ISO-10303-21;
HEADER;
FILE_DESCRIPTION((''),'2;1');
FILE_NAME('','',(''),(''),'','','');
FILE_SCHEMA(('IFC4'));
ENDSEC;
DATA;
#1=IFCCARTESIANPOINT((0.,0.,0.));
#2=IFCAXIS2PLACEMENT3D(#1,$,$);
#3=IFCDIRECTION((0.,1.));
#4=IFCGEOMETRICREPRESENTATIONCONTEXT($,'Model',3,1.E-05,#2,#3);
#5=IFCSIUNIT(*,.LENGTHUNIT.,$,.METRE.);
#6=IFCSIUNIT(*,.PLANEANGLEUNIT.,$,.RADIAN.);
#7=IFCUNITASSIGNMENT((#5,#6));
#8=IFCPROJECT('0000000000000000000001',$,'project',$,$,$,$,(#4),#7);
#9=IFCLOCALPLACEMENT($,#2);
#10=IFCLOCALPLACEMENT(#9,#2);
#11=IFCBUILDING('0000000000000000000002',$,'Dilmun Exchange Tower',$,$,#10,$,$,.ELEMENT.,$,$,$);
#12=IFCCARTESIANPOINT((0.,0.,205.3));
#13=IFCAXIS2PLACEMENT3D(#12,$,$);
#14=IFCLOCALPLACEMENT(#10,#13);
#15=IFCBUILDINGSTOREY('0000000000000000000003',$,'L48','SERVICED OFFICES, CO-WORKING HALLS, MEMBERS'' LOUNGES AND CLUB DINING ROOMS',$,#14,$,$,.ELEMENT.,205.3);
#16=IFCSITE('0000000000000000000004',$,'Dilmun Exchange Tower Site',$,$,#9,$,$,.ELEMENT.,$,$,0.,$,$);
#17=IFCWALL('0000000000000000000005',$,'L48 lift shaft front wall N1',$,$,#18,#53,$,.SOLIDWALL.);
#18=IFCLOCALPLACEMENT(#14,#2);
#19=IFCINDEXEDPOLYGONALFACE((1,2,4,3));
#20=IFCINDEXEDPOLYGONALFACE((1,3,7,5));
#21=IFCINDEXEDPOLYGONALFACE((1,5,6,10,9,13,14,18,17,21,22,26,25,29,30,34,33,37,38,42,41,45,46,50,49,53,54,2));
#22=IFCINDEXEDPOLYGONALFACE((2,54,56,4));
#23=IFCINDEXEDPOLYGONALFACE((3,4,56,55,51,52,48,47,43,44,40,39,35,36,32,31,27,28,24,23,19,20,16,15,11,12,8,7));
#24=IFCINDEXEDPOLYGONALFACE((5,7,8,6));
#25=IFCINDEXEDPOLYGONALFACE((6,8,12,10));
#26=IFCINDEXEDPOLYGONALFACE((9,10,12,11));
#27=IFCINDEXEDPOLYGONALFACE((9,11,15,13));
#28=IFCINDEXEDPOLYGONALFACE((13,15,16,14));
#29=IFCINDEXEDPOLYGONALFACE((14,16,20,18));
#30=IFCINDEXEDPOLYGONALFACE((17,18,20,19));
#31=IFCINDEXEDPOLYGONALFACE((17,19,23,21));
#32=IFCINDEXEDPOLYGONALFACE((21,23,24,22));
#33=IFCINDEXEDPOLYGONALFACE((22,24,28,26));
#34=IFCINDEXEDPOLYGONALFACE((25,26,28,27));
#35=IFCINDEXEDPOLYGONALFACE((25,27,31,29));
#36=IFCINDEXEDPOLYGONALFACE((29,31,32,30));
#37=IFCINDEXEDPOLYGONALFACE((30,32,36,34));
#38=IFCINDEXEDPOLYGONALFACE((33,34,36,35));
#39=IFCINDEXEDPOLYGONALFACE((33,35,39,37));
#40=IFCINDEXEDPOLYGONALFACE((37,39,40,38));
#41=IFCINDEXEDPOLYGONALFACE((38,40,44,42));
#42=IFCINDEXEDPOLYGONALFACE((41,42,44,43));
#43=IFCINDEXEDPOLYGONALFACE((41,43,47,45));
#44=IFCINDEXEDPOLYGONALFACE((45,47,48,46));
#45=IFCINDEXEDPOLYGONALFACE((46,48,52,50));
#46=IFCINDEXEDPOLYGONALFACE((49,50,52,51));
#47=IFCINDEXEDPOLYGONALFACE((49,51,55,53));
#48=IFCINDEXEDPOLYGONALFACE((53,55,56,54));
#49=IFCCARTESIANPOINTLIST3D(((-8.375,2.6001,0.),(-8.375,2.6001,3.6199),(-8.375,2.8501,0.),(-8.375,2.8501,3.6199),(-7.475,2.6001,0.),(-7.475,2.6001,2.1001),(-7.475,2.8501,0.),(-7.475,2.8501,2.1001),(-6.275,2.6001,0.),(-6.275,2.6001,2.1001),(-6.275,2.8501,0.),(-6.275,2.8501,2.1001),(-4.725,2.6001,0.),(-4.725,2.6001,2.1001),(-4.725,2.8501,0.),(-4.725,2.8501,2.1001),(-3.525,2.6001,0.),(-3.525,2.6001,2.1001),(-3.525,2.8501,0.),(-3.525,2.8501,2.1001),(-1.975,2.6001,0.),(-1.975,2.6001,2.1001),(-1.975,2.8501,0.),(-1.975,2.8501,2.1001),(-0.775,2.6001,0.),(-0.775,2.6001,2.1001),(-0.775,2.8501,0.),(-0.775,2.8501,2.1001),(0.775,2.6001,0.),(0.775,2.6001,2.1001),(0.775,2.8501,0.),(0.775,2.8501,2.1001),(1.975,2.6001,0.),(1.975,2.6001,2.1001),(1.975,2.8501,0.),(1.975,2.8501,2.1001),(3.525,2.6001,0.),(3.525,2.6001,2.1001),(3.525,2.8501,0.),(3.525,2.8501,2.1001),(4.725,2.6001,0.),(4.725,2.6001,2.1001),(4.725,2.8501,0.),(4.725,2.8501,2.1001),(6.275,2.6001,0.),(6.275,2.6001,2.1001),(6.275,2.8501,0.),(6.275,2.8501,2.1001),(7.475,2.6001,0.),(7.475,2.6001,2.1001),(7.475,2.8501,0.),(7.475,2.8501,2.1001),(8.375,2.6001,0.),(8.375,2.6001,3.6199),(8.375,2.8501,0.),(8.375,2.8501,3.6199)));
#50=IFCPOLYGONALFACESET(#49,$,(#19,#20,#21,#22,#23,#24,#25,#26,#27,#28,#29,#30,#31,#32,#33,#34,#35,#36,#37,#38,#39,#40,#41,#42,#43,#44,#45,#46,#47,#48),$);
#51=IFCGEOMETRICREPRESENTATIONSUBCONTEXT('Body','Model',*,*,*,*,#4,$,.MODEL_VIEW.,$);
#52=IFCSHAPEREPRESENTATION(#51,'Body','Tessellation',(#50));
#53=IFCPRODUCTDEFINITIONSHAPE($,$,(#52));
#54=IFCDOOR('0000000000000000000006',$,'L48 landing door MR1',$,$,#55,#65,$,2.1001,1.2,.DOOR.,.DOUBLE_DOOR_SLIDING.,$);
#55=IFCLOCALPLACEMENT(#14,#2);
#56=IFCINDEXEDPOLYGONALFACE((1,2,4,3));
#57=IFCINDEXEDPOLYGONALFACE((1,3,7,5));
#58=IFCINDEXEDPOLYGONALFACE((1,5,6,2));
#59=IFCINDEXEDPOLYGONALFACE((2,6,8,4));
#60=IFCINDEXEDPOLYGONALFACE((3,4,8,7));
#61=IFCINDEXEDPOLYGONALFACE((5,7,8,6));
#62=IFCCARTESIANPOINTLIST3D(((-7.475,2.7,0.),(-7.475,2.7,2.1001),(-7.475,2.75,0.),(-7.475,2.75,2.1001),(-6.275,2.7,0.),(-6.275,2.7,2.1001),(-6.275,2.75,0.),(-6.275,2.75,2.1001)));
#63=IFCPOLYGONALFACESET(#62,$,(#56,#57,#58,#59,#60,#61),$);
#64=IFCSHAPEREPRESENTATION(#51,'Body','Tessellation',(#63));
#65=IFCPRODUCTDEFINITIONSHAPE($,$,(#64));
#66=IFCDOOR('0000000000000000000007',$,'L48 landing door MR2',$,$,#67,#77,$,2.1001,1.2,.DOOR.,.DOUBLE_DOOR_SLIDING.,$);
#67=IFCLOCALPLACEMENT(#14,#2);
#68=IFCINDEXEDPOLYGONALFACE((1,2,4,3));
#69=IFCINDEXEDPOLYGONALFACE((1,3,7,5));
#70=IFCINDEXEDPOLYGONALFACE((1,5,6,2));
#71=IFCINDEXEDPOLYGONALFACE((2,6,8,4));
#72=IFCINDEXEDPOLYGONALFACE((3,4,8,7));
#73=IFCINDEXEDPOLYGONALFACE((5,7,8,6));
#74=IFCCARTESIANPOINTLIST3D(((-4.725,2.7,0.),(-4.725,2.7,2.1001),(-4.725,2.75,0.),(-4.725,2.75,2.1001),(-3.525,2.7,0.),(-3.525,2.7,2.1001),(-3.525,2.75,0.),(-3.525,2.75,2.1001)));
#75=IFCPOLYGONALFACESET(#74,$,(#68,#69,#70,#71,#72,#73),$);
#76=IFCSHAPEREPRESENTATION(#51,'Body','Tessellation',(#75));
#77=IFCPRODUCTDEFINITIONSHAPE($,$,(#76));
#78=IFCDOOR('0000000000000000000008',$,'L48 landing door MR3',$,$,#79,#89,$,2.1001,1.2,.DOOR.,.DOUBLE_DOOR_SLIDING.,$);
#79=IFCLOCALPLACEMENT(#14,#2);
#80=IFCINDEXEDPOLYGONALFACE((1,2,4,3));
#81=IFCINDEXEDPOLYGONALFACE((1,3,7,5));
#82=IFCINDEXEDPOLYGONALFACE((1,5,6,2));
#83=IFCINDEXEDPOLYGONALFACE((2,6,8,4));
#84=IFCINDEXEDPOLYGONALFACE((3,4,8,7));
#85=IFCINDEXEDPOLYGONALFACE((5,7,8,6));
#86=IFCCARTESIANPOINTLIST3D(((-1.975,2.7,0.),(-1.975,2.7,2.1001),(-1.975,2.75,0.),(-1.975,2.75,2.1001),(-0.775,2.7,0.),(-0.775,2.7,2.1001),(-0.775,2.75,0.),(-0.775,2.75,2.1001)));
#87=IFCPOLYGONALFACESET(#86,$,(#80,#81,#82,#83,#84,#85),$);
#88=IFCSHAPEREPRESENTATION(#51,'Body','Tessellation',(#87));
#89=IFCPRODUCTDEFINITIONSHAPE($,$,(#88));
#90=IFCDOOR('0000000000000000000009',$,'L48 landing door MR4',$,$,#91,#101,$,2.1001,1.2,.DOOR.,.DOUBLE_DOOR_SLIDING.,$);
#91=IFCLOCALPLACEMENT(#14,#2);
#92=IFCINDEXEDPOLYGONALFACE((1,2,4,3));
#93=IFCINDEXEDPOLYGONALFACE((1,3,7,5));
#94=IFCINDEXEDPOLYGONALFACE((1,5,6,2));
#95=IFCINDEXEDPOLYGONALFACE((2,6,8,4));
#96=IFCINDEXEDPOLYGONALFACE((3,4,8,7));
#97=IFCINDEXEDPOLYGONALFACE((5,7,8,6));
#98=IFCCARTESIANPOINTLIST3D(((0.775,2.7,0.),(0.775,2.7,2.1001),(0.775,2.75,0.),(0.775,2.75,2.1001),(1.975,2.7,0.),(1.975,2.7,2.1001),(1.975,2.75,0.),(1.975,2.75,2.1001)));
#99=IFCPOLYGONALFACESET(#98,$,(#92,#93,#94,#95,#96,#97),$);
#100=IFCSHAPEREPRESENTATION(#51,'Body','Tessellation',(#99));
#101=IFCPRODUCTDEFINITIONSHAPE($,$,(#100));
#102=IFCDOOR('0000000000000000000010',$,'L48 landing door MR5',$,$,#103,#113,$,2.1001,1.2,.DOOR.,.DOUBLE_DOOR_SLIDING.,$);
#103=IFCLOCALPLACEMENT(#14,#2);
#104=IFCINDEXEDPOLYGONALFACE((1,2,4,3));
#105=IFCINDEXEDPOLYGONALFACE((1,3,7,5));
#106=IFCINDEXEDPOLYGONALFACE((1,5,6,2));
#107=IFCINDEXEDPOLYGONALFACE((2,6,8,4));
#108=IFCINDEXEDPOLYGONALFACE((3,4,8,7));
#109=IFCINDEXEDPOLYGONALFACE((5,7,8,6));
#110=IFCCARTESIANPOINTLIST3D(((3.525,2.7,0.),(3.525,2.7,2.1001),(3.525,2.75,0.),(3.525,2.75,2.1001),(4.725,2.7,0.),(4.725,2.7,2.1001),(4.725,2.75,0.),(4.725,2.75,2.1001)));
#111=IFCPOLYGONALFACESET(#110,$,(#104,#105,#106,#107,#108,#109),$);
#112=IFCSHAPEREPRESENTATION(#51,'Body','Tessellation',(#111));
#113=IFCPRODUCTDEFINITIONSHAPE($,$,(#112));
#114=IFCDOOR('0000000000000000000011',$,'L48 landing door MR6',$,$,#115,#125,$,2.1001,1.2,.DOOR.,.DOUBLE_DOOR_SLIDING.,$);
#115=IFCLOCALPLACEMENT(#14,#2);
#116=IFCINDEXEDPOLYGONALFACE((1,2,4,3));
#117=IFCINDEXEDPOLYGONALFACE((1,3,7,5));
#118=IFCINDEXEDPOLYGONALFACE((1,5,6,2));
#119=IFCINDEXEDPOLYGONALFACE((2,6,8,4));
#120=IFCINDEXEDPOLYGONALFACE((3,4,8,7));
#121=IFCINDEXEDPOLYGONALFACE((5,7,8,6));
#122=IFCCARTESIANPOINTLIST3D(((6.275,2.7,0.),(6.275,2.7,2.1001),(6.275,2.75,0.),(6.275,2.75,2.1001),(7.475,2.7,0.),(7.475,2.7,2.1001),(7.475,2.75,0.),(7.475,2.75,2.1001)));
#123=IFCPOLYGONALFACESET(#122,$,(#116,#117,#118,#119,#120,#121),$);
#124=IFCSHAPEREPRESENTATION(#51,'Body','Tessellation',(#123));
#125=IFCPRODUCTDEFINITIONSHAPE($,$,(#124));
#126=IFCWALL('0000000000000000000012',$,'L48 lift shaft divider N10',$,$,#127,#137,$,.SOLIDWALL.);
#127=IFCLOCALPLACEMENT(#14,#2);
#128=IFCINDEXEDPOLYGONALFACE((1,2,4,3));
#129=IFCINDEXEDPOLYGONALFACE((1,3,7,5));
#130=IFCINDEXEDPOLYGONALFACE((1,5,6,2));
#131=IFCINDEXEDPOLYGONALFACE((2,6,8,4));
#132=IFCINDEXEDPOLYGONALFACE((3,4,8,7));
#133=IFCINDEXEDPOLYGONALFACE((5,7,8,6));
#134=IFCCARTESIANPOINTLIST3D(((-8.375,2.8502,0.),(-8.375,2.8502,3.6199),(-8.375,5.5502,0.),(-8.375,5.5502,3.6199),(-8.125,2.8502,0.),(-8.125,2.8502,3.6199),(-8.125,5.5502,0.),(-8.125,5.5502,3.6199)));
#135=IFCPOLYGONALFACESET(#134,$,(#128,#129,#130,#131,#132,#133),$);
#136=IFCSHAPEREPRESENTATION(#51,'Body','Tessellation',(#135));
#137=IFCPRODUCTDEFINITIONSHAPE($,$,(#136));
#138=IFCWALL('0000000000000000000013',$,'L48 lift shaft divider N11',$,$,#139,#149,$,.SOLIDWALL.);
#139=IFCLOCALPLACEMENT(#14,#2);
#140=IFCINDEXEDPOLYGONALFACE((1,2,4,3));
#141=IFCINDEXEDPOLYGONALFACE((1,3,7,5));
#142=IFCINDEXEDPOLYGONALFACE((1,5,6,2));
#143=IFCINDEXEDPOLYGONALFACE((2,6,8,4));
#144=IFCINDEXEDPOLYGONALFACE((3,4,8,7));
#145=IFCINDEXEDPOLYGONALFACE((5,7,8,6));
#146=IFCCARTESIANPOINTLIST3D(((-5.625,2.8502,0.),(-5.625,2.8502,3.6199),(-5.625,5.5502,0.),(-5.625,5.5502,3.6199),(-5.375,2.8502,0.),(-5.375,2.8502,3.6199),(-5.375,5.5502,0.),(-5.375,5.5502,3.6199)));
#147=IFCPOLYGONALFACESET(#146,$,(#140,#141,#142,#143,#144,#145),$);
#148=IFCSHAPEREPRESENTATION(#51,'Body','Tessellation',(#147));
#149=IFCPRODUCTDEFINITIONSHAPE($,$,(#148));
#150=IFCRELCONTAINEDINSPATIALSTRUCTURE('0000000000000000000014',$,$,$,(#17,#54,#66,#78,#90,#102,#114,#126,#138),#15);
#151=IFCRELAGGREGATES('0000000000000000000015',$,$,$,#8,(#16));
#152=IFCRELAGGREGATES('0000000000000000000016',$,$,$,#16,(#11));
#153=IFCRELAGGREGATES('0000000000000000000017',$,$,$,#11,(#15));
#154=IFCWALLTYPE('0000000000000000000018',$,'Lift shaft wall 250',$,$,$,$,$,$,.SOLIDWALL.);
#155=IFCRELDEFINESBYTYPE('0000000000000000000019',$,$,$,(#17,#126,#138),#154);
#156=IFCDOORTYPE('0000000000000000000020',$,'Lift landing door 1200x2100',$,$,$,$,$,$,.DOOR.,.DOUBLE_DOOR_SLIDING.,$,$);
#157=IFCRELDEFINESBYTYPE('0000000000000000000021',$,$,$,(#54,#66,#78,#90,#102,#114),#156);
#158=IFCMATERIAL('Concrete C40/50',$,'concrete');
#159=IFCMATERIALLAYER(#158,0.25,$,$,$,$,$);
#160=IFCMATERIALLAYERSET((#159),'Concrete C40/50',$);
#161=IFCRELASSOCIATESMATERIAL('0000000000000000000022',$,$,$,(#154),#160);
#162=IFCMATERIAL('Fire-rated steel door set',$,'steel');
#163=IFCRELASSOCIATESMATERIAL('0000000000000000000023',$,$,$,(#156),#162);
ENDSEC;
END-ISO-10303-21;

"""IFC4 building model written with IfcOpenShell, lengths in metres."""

from ifc_helpers import new_model, si_unit, direction, frame, frame_2d, origin, place, context, subcontext, project, spatial, rectangle, extrude, material, layer, layer_set, type_object, element, fill, save


model = new_model("IFC4")

# Units and contexts
model_context = context("Model", 3, precision=1e-05, world=origin(), true_north=direction((0.0, 1.0)))
body_context = subcontext(model_context, "Body", "Model", "MODEL_VIEW")
ifc_project = project(units=[si_unit("LENGTHUNIT", "METRE"), si_unit("PLANEANGLEUNIT", "RADIAN")], contexts=[model_context])

# Site, building, storey
site_placement = place(None, origin())
site = spatial("IfcSite", under=ifc_project, at=site_placement, Name="Dilmun Exchange Tower Site", CompositionType="ELEMENT", RefElevation=0.0)
building_placement = place(site_placement, origin())
building = spatial("IfcBuilding", under=site, at=building_placement, Name="Dilmun Exchange Tower", CompositionType="ELEMENT")
storey_placement = place(building_placement, frame((0.0, 0.0, 205.3)))
storey = spatial("IfcBuildingStorey", under=building, at=storey_placement, Name="L48", Description="SERVICED OFFICES, CO-WORKING HALLS, MEMBERS' LOUNGES AND CLUB DINING ROOMS", CompositionType="ELEMENT", Elevation=205.3)

# Shared definitions
ifc_material_1 = material(Name="Concrete C40/50", Category="concrete")
ifc_material_2 = material(Name="Fire-rated steel door set", Category="steel")

# Wall, openings, doors
ifc_layer_1 = layer(ifc_material_1, 0.25)
ifc_layer_set_1 = layer_set([ifc_layer_1], Name="Concrete C40/50")
wall_type_1 = type_object("IfcWallType", Name="Lift shaft wall 250", PredefinedType="SOLIDWALL", material=ifc_layer_set_1)
wall_1_placement = place(storey_placement, frame((-8.375, 2.7251, 0.0), z_axis=(0.0, 0.0, 1.0), x_axis=(1.0, 0.0, 0.0)))
wall_1 = element("IfcWall", 1, at=wall_1_placement, inside=storey, type_object=wall_type_1, Name="L48 lift shaft front wall N1", PredefinedType="SOLIDWALL", context=body_context, shape_type="SweptSolid", body=[
    extrude(rectangle(XDim=16.75, YDim=0.25, at=frame_2d((8.375, 0.0))), origin(), (0.0, 0.0, 1.0), 3.6199),
])
opening_1_placement = place(wall_1_placement, frame((0.8999, 0.0, 0.0)))
opening_1 = element("IfcOpeningElement", 2, at=opening_1_placement, cuts=wall_1, PredefinedType="OPENING", context=body_context, shape_type="SweptSolid", body=[
    extrude(rectangle(XDim=1.2, YDim=2.1001, at=frame_2d((0.6001, 1.05))), frame((0.0, 0.135, 0.0), z_axis=(0.0, -1.0, 0.0), x_axis=(1.0, 0.0, 0.0)), (0.0, 0.0, 1.0), 0.27),
])
opening_2_placement = place(wall_1_placement, frame((3.6499, 0.0, 0.0)))
opening_2 = element("IfcOpeningElement", 3, at=opening_2_placement, cuts=wall_1, PredefinedType="OPENING", context=body_context, shape_type="SweptSolid", body=[
    extrude(rectangle(XDim=1.2, YDim=2.1001, at=frame_2d((0.6001, 1.05))), frame((0.0, 0.135, 0.0), z_axis=(0.0, -1.0, 0.0), x_axis=(1.0, 0.0, 0.0)), (0.0, 0.0, 1.0), 0.27),
])
opening_3_placement = place(wall_1_placement, frame((6.3999, 0.0, 0.0)))
opening_3 = element("IfcOpeningElement", 4, at=opening_3_placement, cuts=wall_1, PredefinedType="OPENING", context=body_context, shape_type="SweptSolid", body=[
    extrude(rectangle(XDim=1.2, YDim=2.1001, at=frame_2d((0.6001, 1.05))), frame((0.0, 0.135, 0.0), z_axis=(0.0, -1.0, 0.0), x_axis=(1.0, 0.0, 0.0)), (0.0, 0.0, 1.0), 0.27),
])
opening_4_placement = place(wall_1_placement, frame((9.1499, 0.0, 0.0)))
opening_4 = element("IfcOpeningElement", 5, at=opening_4_placement, cuts=wall_1, PredefinedType="OPENING", context=body_context, shape_type="SweptSolid", body=[
    extrude(rectangle(XDim=1.2, YDim=2.1001, at=frame_2d((0.6001, 1.05))), frame((0.0, 0.135, 0.0), z_axis=(0.0, -1.0, 0.0), x_axis=(1.0, 0.0, 0.0)), (0.0, 0.0, 1.0), 0.27),
])
opening_5_placement = place(wall_1_placement, frame((11.8999, 0.0, 0.0)))
opening_5 = element("IfcOpeningElement", 6, at=opening_5_placement, cuts=wall_1, PredefinedType="OPENING", context=body_context, shape_type="SweptSolid", body=[
    extrude(rectangle(XDim=1.2, YDim=2.1001, at=frame_2d((0.6001, 1.05))), frame((0.0, 0.135, 0.0), z_axis=(0.0, -1.0, 0.0), x_axis=(1.0, 0.0, 0.0)), (0.0, 0.0, 1.0), 0.27),
])
opening_6_placement = place(wall_1_placement, frame((14.6499, 0.0, 0.0)))
opening_6 = element("IfcOpeningElement", 7, at=opening_6_placement, cuts=wall_1, PredefinedType="OPENING", context=body_context, shape_type="SweptSolid", body=[
    extrude(rectangle(XDim=1.2, YDim=2.1001, at=frame_2d((0.6001, 1.05))), frame((0.0, 0.135, 0.0), z_axis=(0.0, -1.0, 0.0), x_axis=(1.0, 0.0, 0.0)), (0.0, 0.0, 1.0), 0.27),
])
door_type_1 = type_object("IfcDoorType", Name="Lift landing door 1200x2100", OperationType="DOUBLE_DOOR_SLIDING", PredefinedType="DOOR", material=ifc_material_2)
door_1_placement = place(opening_1_placement, origin())
door_1 = element("IfcDoor", 8, at=door_1_placement, inside=storey, type_object=door_type_1, Name="L48 landing door MR1", OperationType="DOUBLE_DOOR_SLIDING", OverallHeight=2.1001, OverallWidth=1.2, PredefinedType="DOOR", context=body_context, shape_type="SweptSolid", body=[
    extrude(rectangle(XDim=1.2, YDim=2.1001, at=frame_2d((0.6001, 1.05))), frame((0.0, 0.0249, 0.0), z_axis=(0.0, -1.0, 0.0), x_axis=(1.0, 0.0, 0.0)), (0.0, 0.0, 1.0), 0.05),
])
fill(opening_1, door_1)
door_2_placement = place(opening_2_placement, origin())
door_2 = element("IfcDoor", 9, at=door_2_placement, inside=storey, type_object=door_type_1, Name="L48 landing door MR2", OperationType="DOUBLE_DOOR_SLIDING", OverallHeight=2.1001, OverallWidth=1.2, PredefinedType="DOOR", context=body_context, shape_type="SweptSolid", body=[
    extrude(rectangle(XDim=1.2, YDim=2.1001, at=frame_2d((0.6001, 1.05))), frame((0.0, 0.0249, 0.0), z_axis=(0.0, -1.0, 0.0), x_axis=(1.0, 0.0, 0.0)), (0.0, 0.0, 1.0), 0.05),
])
fill(opening_2, door_2)
door_3_placement = place(opening_3_placement, origin())
door_3 = element("IfcDoor", 10, at=door_3_placement, inside=storey, type_object=door_type_1, Name="L48 landing door MR3", OperationType="DOUBLE_DOOR_SLIDING", OverallHeight=2.1001, OverallWidth=1.2, PredefinedType="DOOR", context=body_context, shape_type="SweptSolid", body=[
    extrude(rectangle(XDim=1.2, YDim=2.1001, at=frame_2d((0.6001, 1.05))), frame((0.0, 0.0249, 0.0), z_axis=(0.0, -1.0, 0.0), x_axis=(1.0, 0.0, 0.0)), (0.0, 0.0, 1.0), 0.05),
])
fill(opening_3, door_3)
door_4_placement = place(opening_4_placement, origin())
door_4 = element("IfcDoor", 11, at=door_4_placement, inside=storey, type_object=door_type_1, Name="L48 landing door MR4", OperationType="DOUBLE_DOOR_SLIDING", OverallHeight=2.1001, OverallWidth=1.2, PredefinedType="DOOR", context=body_context, shape_type="SweptSolid", body=[
    extrude(rectangle(XDim=1.2, YDim=2.1001, at=frame_2d((0.6001, 1.05))), frame((0.0, 0.0249, 0.0), z_axis=(0.0, -1.0, 0.0), x_axis=(1.0, 0.0, 0.0)), (0.0, 0.0, 1.0), 0.05),
])
fill(opening_4, door_4)
door_5_placement = place(opening_5_placement, origin())
door_5 = element("IfcDoor", 12, at=door_5_placement, inside=storey, type_object=door_type_1, Name="L48 landing door MR5", OperationType="DOUBLE_DOOR_SLIDING", OverallHeight=2.1001, OverallWidth=1.2, PredefinedType="DOOR", context=body_context, shape_type="SweptSolid", body=[
    extrude(rectangle(XDim=1.2, YDim=2.1001, at=frame_2d((0.6001, 1.05))), frame((0.0, 0.0249, 0.0), z_axis=(0.0, -1.0, 0.0), x_axis=(1.0, 0.0, 0.0)), (0.0, 0.0, 1.0), 0.05),
])
fill(opening_5, door_5)
door_6_placement = place(opening_6_placement, origin())
door_6 = element("IfcDoor", 13, at=door_6_placement, inside=storey, type_object=door_type_1, Name="L48 landing door MR6", OperationType="DOUBLE_DOOR_SLIDING", OverallHeight=2.1001, OverallWidth=1.2, PredefinedType="DOOR", context=body_context, shape_type="SweptSolid", body=[
    extrude(rectangle(XDim=1.2, YDim=2.1001, at=frame_2d((0.6001, 1.05))), frame((0.0, 0.0249, 0.0), z_axis=(0.0, -1.0, 0.0), x_axis=(1.0, 0.0, 0.0)), (0.0, 0.0, 1.0), 0.05),
])
fill(opening_6, door_6)

# Walls
for number, where, z_axis, x_axis, name in (
    (14, (-8.25, 2.8501, 0.0), (0.0, 0.0, 1.0), (0.0, 1.0, 0.0), "L48 lift shaft divider N10"),
    (15, (-5.5, 2.8501, 0.0), (0.0, 0.0, 1.0), (0.0, 1.0, 0.0), "L48 lift shaft divider N11"),
):
    element("IfcWall", number, at=place(storey_placement, frame(where, z_axis=z_axis, x_axis=x_axis)), inside=storey, type_object=wall_type_1, Name=name, PredefinedType="SOLIDWALL", context=body_context, shape_type="SweptSolid", body=[
        extrude(rectangle(XDim=2.7, YDim=0.25, at=frame_2d((1.3501, 0.0))), origin(), (0.0, 0.0, 1.0), 3.6199),
    ])

save(model, "model.ifc")
